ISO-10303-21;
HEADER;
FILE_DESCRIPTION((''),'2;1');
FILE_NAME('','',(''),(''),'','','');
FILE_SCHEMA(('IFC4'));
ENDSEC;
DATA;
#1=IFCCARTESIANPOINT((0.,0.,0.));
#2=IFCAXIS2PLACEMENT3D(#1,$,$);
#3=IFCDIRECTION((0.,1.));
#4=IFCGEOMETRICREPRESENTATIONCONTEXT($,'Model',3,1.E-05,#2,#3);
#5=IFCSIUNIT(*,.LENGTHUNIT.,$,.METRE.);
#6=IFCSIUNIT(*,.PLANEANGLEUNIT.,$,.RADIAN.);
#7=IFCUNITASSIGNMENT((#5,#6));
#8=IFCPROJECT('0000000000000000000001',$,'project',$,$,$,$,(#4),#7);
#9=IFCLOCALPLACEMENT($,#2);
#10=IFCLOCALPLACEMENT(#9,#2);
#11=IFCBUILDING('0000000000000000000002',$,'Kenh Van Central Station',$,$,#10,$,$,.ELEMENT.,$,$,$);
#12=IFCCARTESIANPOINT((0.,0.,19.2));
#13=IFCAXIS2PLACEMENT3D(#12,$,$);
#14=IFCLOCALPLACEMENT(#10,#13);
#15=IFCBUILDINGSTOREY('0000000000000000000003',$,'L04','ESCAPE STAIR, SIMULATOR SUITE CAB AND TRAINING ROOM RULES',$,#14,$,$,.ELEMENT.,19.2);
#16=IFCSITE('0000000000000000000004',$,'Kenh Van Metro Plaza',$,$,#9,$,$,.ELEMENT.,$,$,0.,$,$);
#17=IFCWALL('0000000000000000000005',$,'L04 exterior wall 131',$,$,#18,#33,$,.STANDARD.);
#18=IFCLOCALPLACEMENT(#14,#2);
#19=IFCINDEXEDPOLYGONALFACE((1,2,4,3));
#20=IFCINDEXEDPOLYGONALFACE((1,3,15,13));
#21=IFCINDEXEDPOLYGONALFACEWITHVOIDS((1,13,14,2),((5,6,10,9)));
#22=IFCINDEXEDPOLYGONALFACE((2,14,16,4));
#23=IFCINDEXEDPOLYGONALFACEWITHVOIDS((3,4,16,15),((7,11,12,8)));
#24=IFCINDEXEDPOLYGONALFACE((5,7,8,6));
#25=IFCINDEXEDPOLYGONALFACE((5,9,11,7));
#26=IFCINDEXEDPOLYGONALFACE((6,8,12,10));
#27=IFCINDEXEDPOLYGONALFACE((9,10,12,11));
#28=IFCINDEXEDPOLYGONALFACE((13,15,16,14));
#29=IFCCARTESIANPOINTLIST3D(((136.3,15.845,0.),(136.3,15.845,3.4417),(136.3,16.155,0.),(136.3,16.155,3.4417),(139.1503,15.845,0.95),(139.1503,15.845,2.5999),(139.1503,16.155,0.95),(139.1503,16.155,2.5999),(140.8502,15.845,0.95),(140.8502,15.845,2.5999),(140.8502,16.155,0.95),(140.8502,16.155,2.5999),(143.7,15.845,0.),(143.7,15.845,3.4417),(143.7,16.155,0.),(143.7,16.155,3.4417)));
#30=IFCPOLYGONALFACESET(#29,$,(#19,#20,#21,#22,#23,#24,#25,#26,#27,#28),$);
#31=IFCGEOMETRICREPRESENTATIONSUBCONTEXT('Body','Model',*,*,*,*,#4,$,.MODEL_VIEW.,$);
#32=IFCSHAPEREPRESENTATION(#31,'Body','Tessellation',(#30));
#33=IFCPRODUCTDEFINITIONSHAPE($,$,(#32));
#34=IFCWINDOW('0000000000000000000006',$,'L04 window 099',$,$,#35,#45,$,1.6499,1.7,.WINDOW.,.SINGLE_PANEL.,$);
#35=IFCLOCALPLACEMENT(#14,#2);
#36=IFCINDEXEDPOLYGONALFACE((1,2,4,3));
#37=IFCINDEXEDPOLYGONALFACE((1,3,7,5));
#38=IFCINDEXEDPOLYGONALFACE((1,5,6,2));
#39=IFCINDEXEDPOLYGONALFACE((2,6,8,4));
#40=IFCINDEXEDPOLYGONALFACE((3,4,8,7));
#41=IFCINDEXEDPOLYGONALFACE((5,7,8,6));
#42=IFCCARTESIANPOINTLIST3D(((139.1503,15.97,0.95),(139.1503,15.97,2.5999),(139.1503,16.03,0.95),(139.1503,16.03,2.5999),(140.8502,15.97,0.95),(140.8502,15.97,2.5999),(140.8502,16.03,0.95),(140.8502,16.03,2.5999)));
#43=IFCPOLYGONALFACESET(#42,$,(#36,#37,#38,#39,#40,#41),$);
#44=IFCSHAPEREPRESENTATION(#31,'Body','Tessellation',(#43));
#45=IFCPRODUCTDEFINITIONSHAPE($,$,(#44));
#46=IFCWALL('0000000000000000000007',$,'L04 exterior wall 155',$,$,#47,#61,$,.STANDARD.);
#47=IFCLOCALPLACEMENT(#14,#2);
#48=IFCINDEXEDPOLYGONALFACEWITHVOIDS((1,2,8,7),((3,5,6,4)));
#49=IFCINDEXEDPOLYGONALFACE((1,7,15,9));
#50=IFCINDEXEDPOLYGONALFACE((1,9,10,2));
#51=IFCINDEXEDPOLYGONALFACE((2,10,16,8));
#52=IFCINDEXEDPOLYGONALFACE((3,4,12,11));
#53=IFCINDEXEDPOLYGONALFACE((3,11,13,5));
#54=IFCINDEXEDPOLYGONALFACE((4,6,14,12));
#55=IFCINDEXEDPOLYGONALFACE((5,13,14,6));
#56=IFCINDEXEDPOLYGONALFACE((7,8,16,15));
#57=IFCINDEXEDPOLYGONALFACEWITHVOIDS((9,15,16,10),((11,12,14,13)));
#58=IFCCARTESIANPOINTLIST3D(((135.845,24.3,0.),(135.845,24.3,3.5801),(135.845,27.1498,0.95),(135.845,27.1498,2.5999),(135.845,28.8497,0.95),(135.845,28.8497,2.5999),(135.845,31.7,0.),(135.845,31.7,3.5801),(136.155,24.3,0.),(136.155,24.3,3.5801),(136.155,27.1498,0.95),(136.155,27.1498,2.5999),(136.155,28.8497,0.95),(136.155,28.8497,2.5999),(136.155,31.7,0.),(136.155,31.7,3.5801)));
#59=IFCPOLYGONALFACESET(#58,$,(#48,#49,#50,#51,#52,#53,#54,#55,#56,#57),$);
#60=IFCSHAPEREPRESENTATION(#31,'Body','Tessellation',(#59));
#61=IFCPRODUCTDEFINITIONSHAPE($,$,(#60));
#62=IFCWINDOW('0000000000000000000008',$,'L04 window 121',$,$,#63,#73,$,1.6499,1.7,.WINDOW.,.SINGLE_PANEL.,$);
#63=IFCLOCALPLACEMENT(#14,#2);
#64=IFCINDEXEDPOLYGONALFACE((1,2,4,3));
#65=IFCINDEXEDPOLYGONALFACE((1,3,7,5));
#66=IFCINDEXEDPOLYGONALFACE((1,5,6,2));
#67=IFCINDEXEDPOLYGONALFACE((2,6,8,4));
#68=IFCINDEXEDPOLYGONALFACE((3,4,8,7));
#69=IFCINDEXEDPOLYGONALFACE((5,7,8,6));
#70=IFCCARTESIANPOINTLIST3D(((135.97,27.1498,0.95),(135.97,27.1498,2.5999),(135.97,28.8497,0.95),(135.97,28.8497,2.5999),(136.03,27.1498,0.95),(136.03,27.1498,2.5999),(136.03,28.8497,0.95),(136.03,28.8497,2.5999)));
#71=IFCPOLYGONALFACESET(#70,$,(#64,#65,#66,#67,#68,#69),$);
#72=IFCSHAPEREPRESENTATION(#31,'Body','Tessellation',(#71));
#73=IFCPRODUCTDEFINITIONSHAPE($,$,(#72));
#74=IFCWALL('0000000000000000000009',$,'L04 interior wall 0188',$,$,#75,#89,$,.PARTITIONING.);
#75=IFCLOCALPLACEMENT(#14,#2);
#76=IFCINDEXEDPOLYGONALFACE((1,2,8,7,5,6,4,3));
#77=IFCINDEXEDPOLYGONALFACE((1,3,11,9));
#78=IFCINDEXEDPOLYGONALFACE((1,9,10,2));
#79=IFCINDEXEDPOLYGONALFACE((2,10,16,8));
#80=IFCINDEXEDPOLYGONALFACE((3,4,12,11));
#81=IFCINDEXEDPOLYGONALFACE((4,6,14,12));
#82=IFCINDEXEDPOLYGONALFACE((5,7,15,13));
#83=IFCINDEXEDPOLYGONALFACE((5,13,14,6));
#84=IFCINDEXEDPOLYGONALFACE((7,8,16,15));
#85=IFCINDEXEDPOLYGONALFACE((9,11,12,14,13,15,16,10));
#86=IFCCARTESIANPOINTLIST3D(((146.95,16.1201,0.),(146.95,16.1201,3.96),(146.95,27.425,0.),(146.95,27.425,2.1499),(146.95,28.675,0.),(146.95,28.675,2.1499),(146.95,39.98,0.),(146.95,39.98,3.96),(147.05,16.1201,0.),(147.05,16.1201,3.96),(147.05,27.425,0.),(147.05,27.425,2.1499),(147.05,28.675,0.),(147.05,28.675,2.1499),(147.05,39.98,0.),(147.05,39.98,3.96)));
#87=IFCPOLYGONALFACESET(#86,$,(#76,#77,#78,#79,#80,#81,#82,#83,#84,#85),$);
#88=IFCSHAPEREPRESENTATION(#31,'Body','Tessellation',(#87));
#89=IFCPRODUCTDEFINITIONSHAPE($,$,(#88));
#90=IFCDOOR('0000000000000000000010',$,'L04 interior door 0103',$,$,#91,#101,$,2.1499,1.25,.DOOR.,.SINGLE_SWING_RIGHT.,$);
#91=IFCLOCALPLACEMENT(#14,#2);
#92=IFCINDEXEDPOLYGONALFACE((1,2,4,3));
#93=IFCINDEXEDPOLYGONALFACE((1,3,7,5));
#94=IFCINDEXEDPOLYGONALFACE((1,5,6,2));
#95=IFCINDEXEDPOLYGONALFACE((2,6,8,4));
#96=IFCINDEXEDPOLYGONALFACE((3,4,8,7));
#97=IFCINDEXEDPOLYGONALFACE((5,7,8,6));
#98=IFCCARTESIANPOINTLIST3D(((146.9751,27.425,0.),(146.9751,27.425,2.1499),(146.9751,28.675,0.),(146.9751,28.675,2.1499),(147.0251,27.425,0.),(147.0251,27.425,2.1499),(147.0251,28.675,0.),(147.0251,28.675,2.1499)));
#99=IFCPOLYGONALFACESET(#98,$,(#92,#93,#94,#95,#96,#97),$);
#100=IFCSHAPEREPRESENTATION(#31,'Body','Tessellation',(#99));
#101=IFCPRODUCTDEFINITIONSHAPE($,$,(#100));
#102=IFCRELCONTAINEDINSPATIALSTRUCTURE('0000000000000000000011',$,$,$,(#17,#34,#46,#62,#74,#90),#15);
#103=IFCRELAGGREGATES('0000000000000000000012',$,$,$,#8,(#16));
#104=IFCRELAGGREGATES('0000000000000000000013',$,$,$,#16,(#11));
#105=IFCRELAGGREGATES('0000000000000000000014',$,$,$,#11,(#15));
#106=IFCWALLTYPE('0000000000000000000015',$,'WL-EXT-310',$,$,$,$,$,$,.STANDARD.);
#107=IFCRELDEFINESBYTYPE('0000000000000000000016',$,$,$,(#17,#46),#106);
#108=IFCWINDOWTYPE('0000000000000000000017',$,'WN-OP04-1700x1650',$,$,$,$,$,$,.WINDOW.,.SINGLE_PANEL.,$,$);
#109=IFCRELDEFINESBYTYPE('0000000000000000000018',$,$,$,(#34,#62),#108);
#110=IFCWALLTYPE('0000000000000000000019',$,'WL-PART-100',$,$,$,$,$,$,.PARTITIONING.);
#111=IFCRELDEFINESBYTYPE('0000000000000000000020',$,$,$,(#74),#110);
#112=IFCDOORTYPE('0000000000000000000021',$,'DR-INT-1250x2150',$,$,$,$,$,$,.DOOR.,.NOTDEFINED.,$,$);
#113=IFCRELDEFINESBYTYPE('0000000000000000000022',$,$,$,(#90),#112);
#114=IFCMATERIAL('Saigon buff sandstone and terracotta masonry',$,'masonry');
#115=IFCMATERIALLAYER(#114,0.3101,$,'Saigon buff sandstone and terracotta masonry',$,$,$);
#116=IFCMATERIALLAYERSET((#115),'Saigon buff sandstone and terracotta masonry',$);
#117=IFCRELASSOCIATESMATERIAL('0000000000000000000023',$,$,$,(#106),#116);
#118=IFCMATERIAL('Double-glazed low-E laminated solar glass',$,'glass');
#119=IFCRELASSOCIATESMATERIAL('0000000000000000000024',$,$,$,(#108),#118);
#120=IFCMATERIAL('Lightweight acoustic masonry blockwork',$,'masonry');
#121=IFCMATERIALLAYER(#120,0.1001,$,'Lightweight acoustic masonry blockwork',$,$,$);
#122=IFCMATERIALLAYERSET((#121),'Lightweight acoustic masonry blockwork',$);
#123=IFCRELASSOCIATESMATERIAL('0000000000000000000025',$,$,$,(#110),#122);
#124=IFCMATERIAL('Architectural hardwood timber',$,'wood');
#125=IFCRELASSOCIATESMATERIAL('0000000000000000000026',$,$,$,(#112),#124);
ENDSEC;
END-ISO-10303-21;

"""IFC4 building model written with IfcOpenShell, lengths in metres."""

from ifc_helpers import new_model, si_unit, direction, frame, frame_2d, origin, place, context, subcontext, project, spatial, rectangle, extrude, material, layer, layer_set, type_object, element, fill, save


model = new_model("IFC4")

# Units and contexts
model_context = context("Model", 3, precision=1e-05, world=origin(), true_north=direction((0.0, 1.0)))
body_context = subcontext(model_context, "Body", "Model", "MODEL_VIEW")
ifc_project = project(units=[si_unit("LENGTHUNIT", "METRE"), si_unit("PLANEANGLEUNIT", "RADIAN")], contexts=[model_context])

# Site, building, storey
site_placement = place(None, origin())
site = spatial("IfcSite", under=ifc_project, at=site_placement, Name="Kenh Van Metro Plaza", CompositionType="ELEMENT", RefElevation=0.0)
building_placement = place(site_placement, origin())
building = spatial("IfcBuilding", under=site, at=building_placement, Name="Kenh Van Central Station", CompositionType="ELEMENT")
storey_placement = place(building_placement, frame((0.0, 0.0, 19.2)))
storey = spatial("IfcBuildingStorey", under=building, at=storey_placement, Name="L04", Description="ESCAPE STAIR, SIMULATOR SUITE CAB AND TRAINING ROOM RULES", CompositionType="ELEMENT", Elevation=19.2)

# Shared definitions
ifc_material_1 = material(Name="Saigon buff sandstone and terracotta masonry", Category="masonry")

# Walls, openings, windows
ifc_layer_1 = layer(ifc_material_1, 0.3101, Name="Saigon buff sandstone and terracotta masonry")
ifc_layer_set_1 = layer_set([ifc_layer_1], Name="Saigon buff sandstone and terracotta masonry")
wall_type_1 = type_object("IfcWallType", Name="WL-EXT-310", PredefinedType="STANDARD", material=ifc_layer_set_1)
wall_1_placement = place(storey_placement, frame((136.3, 16.0, 0.0), z_axis=(0.0, 0.0, 1.0), x_axis=(1.0, 0.0, 0.0)))
wall_1 = element("IfcWall", 1, at=wall_1_placement, inside=storey, type_object=wall_type_1, Name="L04 exterior wall 131", PredefinedType="STANDARD", context=body_context, shape_type="SweptSolid", body=[
    extrude(rectangle(XDim=7.3999, YDim=0.3101, at=frame_2d((3.7, 0.0))), origin(), (0.0, 0.0, 1.0), 3.4417),
])
opening_1_placement = place(wall_1_placement, frame((2.8501, 0.0, 0.95)))
opening_1 = element("IfcOpeningElement", 2, at=opening_1_placement, cuts=wall_1, PredefinedType="OPENING", context=body_context, shape_type="SweptSolid", body=[
    extrude(rectangle(XDim=1.7, YDim=1.6499, at=frame_2d((0.8501, 0.825))), frame((0.0, 0.165, 0.0), z_axis=(0.0, -1.0, 0.0), x_axis=(1.0, 0.0, 0.0)), (0.0, 0.0, 1.0), 0.3301),
])
ifc_material_2 = material(Name="Double-glazed low-E laminated solar glass", Category="glass")
window_type = type_object("IfcWindowType", Name="WN-OP04-1700x1650", PartitioningType="SINGLE_PANEL", PredefinedType="WINDOW", material=ifc_material_2)
window_1_placement = place(opening_1_placement, origin())
window_1 = element("IfcWindow", 3, at=window_1_placement, inside=storey, type_object=window_type, Name="L04 window 099", OverallHeight=1.6499, OverallWidth=1.7, PartitioningType="SINGLE_PANEL", PredefinedType="WINDOW", context=body_context, shape_type="SweptSolid", body=[
    extrude(rectangle(XDim=1.7, YDim=1.6499, at=frame_2d((0.8501, 0.825))), frame((0.0, 0.03, 0.0), z_axis=(0.0, -1.0, 0.0), x_axis=(1.0, 0.0, 0.0)), (0.0, 0.0, 1.0), 0.0601),
])
fill(opening_1, window_1)
wall_2_placement = place(storey_placement, frame((136.0, 31.7, 0.0), z_axis=(0.0, 0.0, 1.0), x_axis=(0.0, -1.0, 0.0)))
wall_2 = element("IfcWall", 4, at=wall_2_placement, inside=storey, type_object=wall_type_1, Name="L04 exterior wall 155", PredefinedType="STANDARD", context=body_context, shape_type="SweptSolid", body=[
    extrude(rectangle(XDim=7.3999, YDim=0.3101, at=frame_2d((3.7, 0.0))), origin(), (0.0, 0.0, 1.0), 3.5801),
])
opening_2_placement = place(wall_2_placement, frame((2.8501, 0.0, 0.95)))
opening_2 = element("IfcOpeningElement", 5, at=opening_2_placement, cuts=wall_2, PredefinedType="OPENING", context=body_context, shape_type="SweptSolid", body=[
    extrude(rectangle(XDim=1.7, YDim=1.6499, at=frame_2d((0.8501, 0.825))), frame((0.0, 0.165, 0.0), z_axis=(0.0, -1.0, 0.0), x_axis=(1.0, 0.0, 0.0)), (0.0, 0.0, 1.0), 0.3301),
])
window_2_placement = place(opening_2_placement, origin())
window_2 = element("IfcWindow", 6, at=window_2_placement, inside=storey, type_object=window_type, Name="L04 window 121", OverallHeight=1.6499, OverallWidth=1.7, PartitioningType="SINGLE_PANEL", PredefinedType="WINDOW", context=body_context, shape_type="SweptSolid", body=[
    extrude(rectangle(XDim=1.7, YDim=1.6499, at=frame_2d((0.8501, 0.825))), frame((0.0, 0.03, 0.0), z_axis=(0.0, -1.0, 0.0), x_axis=(1.0, 0.0, 0.0)), (0.0, 0.0, 1.0), 0.0601),
])
fill(opening_2, window_2)

# Wall, opening, door
ifc_material_3 = material(Name="Lightweight acoustic masonry blockwork", Category="masonry")
ifc_layer_2 = layer(ifc_material_3, 0.1001, Name="Lightweight acoustic masonry blockwork")
ifc_layer_set_2 = layer_set([ifc_layer_2], Name="Lightweight acoustic masonry blockwork")
wall_type_2 = type_object("IfcWallType", Name="WL-PART-100", PredefinedType="PARTITIONING", material=ifc_layer_set_2)
wall_3_placement = place(storey_placement, frame((147.0, 16.1201, 0.0), z_axis=(0.0, 0.0, 1.0), x_axis=(0.0, 1.0, 0.0)))
wall_3 = element("IfcWall", 7, at=wall_3_placement, inside=storey, type_object=wall_type_2, Name="L04 interior wall 0188", PredefinedType="PARTITIONING", context=body_context, shape_type="SweptSolid", body=[
    extrude(rectangle(XDim=23.8599, YDim=0.1001, at=frame_2d((11.9299, 0.0))), origin(), (0.0, 0.0, 1.0), 3.96),
])
opening_3_placement = place(wall_3_placement, frame((11.3049, 0.0, 0.0)))
opening_3 = element("IfcOpeningElement", 8, at=opening_3_placement, cuts=wall_3, PredefinedType="OPENING", context=body_context, shape_type="SweptSolid", body=[
    extrude(rectangle(XDim=1.25, YDim=2.1499, at=frame_2d((0.625, 1.075))), frame((0.0, 0.0601, 0.0), z_axis=(0.0, -1.0, 0.0), x_axis=(1.0, 0.0, 0.0)), (0.0, 0.0, 1.0), 0.1201),
])
ifc_material_4 = material(Name="Architectural hardwood timber", Category="wood")
door_type_1 = type_object("IfcDoorType", Name="DR-INT-1250x2150", OperationType="NOTDEFINED", PredefinedType="DOOR", material=ifc_material_4)
door_1_placement = place(opening_3_placement, origin())
door_1 = element("IfcDoor", 9, at=door_1_placement, inside=storey, type_object=door_type_1, Name="L04 interior door 0103", OperationType="SINGLE_SWING_RIGHT", OverallHeight=2.1499, OverallWidth=1.25, PredefinedType="DOOR", context=body_context, shape_type="SweptSolid", body=[
    extrude(rectangle(XDim=1.25, YDim=2.1499, at=frame_2d((0.625, 1.075))), frame((0.0, 0.0249, 0.0), z_axis=(0.0, -1.0, 0.0), x_axis=(1.0, 0.0, 0.0)), (0.0, 0.0, 1.0), 0.05),
])
fill(opening_3, door_1)

save(model, "model.ifc")
